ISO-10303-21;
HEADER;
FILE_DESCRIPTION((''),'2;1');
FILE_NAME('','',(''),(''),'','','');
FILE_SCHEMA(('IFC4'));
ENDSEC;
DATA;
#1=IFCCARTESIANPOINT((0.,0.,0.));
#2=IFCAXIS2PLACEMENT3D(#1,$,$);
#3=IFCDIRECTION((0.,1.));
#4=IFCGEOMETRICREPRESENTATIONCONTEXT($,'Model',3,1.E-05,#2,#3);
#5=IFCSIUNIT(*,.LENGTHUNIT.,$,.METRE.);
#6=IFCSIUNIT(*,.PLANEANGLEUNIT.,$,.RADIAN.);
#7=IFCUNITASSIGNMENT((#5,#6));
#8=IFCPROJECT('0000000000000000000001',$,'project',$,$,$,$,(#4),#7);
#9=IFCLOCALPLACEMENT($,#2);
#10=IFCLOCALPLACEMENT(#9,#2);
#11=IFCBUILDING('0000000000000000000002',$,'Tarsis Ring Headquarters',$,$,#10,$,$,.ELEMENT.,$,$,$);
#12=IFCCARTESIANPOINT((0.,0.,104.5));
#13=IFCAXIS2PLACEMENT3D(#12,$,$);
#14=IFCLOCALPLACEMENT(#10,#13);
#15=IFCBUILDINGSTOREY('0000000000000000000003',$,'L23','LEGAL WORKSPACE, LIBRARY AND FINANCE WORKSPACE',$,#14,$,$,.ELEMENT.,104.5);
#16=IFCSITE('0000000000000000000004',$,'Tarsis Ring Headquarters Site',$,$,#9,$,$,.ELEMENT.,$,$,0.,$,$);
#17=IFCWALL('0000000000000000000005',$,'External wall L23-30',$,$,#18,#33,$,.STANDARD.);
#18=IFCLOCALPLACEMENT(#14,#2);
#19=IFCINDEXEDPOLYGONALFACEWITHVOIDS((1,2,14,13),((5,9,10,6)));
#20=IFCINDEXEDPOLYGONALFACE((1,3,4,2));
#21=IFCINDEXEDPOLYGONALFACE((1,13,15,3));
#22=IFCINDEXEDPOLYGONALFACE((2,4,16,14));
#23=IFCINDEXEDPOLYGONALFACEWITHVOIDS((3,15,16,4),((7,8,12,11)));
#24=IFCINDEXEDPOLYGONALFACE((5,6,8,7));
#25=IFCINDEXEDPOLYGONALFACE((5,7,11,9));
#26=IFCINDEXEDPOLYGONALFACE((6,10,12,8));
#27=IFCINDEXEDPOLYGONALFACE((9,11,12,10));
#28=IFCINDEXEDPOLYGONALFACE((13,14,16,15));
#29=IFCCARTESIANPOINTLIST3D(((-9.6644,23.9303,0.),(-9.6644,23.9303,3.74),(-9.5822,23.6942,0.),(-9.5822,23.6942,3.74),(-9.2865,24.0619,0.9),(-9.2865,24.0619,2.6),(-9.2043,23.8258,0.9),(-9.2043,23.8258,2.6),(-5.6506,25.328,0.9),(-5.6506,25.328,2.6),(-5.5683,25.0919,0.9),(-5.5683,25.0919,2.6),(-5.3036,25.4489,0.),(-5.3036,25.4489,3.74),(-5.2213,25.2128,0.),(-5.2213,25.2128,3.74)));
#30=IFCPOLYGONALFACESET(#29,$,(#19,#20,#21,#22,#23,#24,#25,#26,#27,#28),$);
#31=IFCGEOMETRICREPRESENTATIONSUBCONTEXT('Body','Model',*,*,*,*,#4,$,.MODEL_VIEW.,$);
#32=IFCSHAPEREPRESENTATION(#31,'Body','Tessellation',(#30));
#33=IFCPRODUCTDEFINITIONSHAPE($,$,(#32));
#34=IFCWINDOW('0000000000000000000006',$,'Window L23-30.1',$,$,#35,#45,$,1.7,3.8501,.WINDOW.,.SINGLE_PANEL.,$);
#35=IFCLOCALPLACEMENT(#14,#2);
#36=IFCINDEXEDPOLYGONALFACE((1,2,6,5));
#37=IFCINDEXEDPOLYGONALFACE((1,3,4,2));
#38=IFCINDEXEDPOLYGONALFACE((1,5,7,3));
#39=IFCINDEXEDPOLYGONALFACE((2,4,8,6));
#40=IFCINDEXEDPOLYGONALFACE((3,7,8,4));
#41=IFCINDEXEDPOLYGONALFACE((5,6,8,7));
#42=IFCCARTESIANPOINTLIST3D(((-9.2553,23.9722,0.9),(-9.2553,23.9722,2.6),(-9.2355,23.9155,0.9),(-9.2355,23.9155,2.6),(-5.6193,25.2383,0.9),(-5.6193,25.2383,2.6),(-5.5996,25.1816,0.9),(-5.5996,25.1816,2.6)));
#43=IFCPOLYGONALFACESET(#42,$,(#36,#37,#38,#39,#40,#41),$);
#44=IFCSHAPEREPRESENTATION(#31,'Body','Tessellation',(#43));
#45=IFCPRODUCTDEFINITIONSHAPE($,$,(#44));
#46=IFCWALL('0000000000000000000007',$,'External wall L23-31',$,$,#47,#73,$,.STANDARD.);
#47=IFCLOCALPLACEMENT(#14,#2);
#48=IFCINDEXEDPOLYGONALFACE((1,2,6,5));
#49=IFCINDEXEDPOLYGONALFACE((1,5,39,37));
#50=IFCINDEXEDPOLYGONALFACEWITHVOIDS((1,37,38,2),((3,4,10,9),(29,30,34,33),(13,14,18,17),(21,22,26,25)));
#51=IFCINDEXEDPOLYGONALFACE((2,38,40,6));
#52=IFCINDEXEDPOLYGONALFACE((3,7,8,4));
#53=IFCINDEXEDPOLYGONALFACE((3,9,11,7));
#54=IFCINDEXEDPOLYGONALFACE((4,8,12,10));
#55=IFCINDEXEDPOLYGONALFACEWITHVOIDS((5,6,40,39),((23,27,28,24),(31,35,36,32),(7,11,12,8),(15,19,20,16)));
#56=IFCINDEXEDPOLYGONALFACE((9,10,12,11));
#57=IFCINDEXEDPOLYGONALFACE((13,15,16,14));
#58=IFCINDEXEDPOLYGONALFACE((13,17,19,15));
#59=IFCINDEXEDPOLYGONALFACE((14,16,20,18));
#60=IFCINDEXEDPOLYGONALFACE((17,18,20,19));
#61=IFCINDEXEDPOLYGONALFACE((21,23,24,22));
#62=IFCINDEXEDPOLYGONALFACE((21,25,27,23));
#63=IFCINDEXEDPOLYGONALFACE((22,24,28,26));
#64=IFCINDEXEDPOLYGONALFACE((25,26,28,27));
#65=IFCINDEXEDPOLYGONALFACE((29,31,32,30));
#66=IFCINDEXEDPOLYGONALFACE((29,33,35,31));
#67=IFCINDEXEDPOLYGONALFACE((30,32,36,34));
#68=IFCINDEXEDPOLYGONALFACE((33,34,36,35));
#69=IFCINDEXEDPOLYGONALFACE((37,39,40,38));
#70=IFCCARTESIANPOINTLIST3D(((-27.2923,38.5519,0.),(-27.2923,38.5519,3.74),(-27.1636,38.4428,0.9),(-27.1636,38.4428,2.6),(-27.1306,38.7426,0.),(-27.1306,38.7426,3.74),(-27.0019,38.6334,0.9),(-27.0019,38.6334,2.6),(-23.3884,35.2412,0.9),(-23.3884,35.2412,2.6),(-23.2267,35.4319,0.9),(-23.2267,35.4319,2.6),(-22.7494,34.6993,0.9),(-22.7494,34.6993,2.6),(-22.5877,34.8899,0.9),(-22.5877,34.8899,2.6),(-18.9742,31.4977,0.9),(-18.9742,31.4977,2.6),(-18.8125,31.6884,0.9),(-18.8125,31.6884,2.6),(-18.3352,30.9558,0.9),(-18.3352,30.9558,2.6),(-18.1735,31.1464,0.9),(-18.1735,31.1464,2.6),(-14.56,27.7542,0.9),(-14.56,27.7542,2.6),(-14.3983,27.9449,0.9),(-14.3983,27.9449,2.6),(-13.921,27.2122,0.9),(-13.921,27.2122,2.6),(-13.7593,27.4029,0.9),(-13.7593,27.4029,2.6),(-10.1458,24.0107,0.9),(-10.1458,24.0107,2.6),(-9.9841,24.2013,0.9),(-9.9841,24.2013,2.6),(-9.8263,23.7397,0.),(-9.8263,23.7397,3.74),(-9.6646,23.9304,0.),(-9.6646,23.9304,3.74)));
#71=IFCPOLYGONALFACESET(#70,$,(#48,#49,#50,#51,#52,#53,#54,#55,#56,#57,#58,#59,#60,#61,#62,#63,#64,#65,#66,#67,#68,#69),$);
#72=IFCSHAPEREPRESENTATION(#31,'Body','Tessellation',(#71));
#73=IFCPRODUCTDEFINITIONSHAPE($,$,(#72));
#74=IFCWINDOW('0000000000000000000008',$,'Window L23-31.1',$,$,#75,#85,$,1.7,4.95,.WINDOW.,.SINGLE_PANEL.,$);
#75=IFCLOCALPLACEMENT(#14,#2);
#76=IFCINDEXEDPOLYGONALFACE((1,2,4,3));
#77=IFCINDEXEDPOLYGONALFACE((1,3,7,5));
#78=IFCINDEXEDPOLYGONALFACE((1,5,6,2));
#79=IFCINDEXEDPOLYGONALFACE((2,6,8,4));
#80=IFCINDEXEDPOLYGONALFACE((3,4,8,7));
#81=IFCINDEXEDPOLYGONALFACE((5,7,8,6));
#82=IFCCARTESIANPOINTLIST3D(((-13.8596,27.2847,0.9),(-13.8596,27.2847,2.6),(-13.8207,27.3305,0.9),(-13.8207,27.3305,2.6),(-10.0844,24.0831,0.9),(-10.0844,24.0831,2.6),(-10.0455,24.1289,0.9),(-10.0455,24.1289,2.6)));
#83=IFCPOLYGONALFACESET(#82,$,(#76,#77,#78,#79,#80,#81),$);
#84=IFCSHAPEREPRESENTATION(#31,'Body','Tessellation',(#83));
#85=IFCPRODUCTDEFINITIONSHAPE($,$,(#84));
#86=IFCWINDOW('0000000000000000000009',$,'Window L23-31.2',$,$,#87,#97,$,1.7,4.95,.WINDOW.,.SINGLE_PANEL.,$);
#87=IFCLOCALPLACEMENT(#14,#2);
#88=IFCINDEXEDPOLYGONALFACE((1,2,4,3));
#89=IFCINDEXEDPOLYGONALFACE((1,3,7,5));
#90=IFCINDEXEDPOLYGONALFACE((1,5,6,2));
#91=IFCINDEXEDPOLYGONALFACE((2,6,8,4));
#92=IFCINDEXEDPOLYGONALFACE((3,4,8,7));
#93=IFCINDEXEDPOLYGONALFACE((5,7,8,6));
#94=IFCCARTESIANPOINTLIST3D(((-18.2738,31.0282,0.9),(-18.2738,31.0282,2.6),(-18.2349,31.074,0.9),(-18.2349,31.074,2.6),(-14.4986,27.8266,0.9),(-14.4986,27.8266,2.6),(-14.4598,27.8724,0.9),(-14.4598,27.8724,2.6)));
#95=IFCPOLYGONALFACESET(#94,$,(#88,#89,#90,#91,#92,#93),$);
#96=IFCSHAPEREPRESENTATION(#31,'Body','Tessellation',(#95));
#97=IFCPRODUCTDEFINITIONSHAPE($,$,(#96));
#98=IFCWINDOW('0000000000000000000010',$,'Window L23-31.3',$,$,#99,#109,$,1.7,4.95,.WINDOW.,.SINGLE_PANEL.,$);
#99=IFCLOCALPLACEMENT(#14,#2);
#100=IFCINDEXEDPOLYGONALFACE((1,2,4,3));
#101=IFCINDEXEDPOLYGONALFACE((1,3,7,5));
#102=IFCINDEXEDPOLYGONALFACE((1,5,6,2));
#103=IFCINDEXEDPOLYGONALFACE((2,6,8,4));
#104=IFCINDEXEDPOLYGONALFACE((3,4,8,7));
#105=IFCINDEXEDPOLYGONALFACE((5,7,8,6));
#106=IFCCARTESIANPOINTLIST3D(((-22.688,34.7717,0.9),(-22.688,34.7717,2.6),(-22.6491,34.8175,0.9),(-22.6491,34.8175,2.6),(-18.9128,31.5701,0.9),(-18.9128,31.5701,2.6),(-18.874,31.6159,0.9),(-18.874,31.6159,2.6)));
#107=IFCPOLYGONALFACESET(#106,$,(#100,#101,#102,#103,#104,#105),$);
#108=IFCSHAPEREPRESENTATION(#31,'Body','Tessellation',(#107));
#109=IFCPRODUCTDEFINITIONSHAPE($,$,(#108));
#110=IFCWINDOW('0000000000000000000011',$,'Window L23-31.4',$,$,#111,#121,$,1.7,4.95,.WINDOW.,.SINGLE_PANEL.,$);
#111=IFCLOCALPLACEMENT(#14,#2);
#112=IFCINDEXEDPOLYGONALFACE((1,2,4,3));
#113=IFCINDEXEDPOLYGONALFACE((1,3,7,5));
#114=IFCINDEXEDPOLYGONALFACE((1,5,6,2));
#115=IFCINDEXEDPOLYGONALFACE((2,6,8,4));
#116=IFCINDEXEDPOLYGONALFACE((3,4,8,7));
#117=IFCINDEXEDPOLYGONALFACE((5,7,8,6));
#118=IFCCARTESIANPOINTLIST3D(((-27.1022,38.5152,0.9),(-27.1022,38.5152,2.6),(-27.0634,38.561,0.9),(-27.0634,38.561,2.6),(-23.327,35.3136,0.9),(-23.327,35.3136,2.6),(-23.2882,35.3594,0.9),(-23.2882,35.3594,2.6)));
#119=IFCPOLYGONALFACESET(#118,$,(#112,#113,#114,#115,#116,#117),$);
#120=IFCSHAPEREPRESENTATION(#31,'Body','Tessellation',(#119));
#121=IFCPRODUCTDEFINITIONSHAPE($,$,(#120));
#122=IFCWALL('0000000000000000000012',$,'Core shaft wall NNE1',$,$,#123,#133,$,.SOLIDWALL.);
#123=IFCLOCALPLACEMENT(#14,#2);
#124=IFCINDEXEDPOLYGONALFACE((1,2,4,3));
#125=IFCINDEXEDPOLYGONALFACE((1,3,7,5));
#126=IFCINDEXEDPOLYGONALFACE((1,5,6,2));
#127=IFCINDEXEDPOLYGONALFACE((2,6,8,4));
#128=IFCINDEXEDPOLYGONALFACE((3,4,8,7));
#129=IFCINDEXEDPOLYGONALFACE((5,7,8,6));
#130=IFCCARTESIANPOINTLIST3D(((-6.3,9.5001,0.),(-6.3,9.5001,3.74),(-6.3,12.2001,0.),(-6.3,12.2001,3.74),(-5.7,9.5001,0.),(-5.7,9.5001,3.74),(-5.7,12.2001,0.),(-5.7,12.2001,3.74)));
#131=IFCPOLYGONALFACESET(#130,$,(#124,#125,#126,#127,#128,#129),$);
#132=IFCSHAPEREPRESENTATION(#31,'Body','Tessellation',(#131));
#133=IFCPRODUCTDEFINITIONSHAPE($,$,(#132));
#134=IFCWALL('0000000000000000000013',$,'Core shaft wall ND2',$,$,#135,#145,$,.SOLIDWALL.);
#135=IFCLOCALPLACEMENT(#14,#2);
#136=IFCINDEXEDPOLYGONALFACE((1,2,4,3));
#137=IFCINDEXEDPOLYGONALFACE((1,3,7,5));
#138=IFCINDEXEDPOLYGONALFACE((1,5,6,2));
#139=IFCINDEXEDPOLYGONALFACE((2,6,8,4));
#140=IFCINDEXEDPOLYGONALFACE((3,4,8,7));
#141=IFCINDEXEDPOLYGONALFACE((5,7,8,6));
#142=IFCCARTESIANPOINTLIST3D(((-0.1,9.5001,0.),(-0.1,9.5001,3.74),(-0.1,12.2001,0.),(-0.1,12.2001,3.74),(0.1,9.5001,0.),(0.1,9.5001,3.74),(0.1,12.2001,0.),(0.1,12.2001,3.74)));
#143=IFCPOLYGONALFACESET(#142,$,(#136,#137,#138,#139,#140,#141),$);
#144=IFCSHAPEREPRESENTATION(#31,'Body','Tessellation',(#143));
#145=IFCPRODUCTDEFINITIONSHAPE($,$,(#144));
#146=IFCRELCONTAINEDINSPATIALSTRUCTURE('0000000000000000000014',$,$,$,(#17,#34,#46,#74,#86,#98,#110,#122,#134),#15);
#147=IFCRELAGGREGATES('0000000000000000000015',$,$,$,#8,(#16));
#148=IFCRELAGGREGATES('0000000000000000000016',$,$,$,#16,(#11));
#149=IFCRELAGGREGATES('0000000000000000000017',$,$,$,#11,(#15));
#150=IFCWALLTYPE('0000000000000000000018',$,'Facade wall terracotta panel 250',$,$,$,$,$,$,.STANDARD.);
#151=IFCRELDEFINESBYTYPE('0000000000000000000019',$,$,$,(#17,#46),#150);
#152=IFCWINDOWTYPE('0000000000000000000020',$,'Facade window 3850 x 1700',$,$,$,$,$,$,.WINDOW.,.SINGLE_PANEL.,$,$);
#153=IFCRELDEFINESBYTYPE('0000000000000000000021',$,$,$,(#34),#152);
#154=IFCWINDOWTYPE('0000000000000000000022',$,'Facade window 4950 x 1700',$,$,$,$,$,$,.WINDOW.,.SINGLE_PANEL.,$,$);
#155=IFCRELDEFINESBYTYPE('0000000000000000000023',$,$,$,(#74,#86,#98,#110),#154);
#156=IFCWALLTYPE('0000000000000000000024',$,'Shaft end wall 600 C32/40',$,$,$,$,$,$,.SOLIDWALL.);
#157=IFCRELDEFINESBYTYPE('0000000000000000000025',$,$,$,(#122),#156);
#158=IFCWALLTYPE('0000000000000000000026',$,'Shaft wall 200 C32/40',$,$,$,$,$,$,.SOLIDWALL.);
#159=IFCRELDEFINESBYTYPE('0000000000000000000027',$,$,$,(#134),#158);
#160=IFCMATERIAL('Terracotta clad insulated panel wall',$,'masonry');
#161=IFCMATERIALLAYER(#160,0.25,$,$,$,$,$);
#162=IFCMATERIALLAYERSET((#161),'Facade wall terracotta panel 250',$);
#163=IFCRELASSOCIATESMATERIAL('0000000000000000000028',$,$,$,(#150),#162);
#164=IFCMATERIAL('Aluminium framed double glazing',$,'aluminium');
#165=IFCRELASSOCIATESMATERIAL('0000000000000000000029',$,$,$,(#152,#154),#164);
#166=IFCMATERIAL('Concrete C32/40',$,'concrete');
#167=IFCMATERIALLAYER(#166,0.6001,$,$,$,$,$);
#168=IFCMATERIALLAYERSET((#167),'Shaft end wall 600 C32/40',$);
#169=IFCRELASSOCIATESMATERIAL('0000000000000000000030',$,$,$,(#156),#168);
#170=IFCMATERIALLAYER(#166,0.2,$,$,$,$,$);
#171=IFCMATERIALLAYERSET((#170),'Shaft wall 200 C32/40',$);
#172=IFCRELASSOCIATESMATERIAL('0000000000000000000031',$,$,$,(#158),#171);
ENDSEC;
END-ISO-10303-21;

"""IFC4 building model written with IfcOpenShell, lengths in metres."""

from ifc_helpers import new_model, si_unit, direction, frame, frame_2d, origin, place, context, subcontext, project, spatial, rectangle, extrude, material, layer, layer_set, type_object, element, fill, save


model = new_model("IFC4")

# Units and contexts
model_context = context("Model", 3, precision=1e-05, world=origin(), true_north=direction((0.0, 1.0)))
body_context = subcontext(model_context, "Body", "Model", "MODEL_VIEW")
ifc_project = project(units=[si_unit("LENGTHUNIT", "METRE"), si_unit("PLANEANGLEUNIT", "RADIAN")], contexts=[model_context])

# Site, building, storey
site_placement = place(None, origin())
site = spatial("IfcSite", under=ifc_project, at=site_placement, Name="Tarsis Ring Headquarters Site", CompositionType="ELEMENT", RefElevation=0.0)
building_placement = place(site_placement, origin())
building = spatial("IfcBuilding", under=site, at=building_placement, Name="Tarsis Ring Headquarters", CompositionType="ELEMENT")
storey_placement = place(building_placement, frame((0.0, 0.0, 104.5)))
storey = spatial("IfcBuildingStorey", under=building, at=storey_placement, Name="L23", Description="LEGAL WORKSPACE, LIBRARY AND FINANCE WORKSPACE", CompositionType="ELEMENT", Elevation=104.5)

# Wall, opening, window
ifc_material_1 = material(Name="Terracotta clad insulated panel wall", Category="masonry")
ifc_layer_1 = layer(ifc_material_1, 0.25)
ifc_layer_set_1 = layer_set([ifc_layer_1], Name="Facade wall terracotta panel 250")
wall_type_1 = type_object("IfcWallType", Name="Facade wall terracotta panel 250", PredefinedType="STANDARD", material=ifc_layer_set_1)
ifc_material_2 = material(Name="Aluminium framed double glazing", Category="aluminium")
wall_1_placement = place(storey_placement, frame((-5.2625, 25.3308, 0.0), z_axis=(0.0, 0.0, 1.0), x_axis=(-0.94438, -0.328857, 0.0)))
wall_1 = element("IfcWall", 1, at=wall_1_placement, inside=storey, type_object=wall_type_1, Name="External wall L23-30", PredefinedType="STANDARD", context=body_context, shape_type="SweptSolid", body=[
    extrude(rectangle(XDim=4.6177, YDim=0.25, at=frame_2d((2.3088, 0.0))), origin(), (0.0, 0.0, 1.0), 3.74),
])
opening_1_placement = place(wall_1_placement, frame((0.3674, 0.0, 0.8999)))
opening_1 = element("IfcOpeningElement", 2, at=opening_1_placement, cuts=wall_1, PredefinedType="OPENING", context=body_context, shape_type="SweptSolid", body=[
    extrude(rectangle(XDim=3.8501, YDim=1.7, at=frame_2d((1.925, 0.8501))), frame((0.0, 0.135, 0.0), z_axis=(0.0, -1.0, 0.0), x_axis=(1.0, 0.0, 0.0)), (0.0, 0.0, 1.0), 0.27),
])
window_type_1 = type_object("IfcWindowType", Name="Facade window 3850 x 1700", PartitioningType="SINGLE_PANEL", PredefinedType="WINDOW", material=ifc_material_2)
window_1_placement = place(opening_1_placement, origin())
window_1 = element("IfcWindow", 3, at=window_1_placement, inside=storey, type_object=window_type_1, Name="Window L23-30.1", OverallHeight=1.7, OverallWidth=3.8501, PartitioningType="SINGLE_PANEL", PredefinedType="WINDOW", context=body_context, shape_type="SweptSolid", body=[
    extrude(rectangle(XDim=3.8501, YDim=1.7, at=frame_2d((1.925, 0.8501))), frame((0.0, 0.03, 0.0), z_axis=(0.0, -1.0, 0.0), x_axis=(1.0, 0.0, 0.0)), (0.0, 0.0, 1.0), 0.0601),
])
fill(opening_1, window_1)

# Wall, openings, windows
wall_2_placement = place(storey_placement, frame((-9.7454, 23.835, 0.0), z_axis=(0.0, 0.0, 1.0), x_axis=(-0.762669, 0.646789, 0.0)))
wall_2 = element("IfcWall", 4, at=wall_2_placement, inside=storey, type_object=wall_type_1, Name="External wall L23-31", PredefinedType="STANDARD", context=body_context, shape_type="SweptSolid", body=[
    extrude(rectangle(XDim=22.9011, YDim=0.25, at=frame_2d((11.4507, 0.0))), origin(), (0.0, 0.0, 1.0), 3.74),
])
opening_2_placement = place(wall_2_placement, frame((0.4189, 0.0, 0.8999)))
opening_2 = element("IfcOpeningElement", 5, at=opening_2_placement, cuts=wall_2, PredefinedType="OPENING", context=body_context, shape_type="SweptSolid", body=[
    extrude(rectangle(XDim=4.95, YDim=1.7, at=frame_2d((2.4751, 0.8501))), frame((0.0, 0.135, 0.0), z_axis=(0.0, -1.0, 0.0), x_axis=(1.0, 0.0, 0.0)), (0.0, 0.0, 1.0), 0.27),
])
opening_3_placement = place(wall_2_placement, frame((6.2068, 0.0, 0.8999)))
opening_3 = element("IfcOpeningElement", 6, at=opening_3_placement, cuts=wall_2, PredefinedType="OPENING", context=body_context, shape_type="SweptSolid", body=[
    extrude(rectangle(XDim=4.95, YDim=1.7, at=frame_2d((2.4751, 0.8501))), frame((0.0, 0.135, 0.0), z_axis=(0.0, -1.0, 0.0), x_axis=(1.0, 0.0, 0.0)), (0.0, 0.0, 1.0), 0.27),
])
opening_4_placement = place(wall_2_placement, frame((11.9946, 0.0, 0.8999)))
opening_4 = element("IfcOpeningElement", 7, at=opening_4_placement, cuts=wall_2, PredefinedType="OPENING", context=body_context, shape_type="SweptSolid", body=[
    extrude(rectangle(XDim=4.95, YDim=1.7, at=frame_2d((2.4751, 0.8501))), frame((0.0, 0.135, 0.0), z_axis=(0.0, -1.0, 0.0), x_axis=(1.0, 0.0, 0.0)), (0.0, 0.0, 1.0), 0.27),
])
opening_5_placement = place(wall_2_placement, frame((17.7825, 0.0, 0.8999)))
opening_5 = element("IfcOpeningElement", 8, at=opening_5_placement, cuts=wall_2, PredefinedType="OPENING", context=body_context, shape_type="SweptSolid", body=[
    extrude(rectangle(XDim=4.95, YDim=1.7, at=frame_2d((2.4751, 0.8501))), frame((0.0, 0.135, 0.0), z_axis=(0.0, -1.0, 0.0), x_axis=(1.0, 0.0, 0.0)), (0.0, 0.0, 1.0), 0.27),
])
window_type_2 = type_object("IfcWindowType", Name="Facade window 4950 x 1700", PartitioningType="SINGLE_PANEL", PredefinedType="WINDOW", material=ifc_material_2)
window_2_placement = place(opening_2_placement, origin())
window_2 = element("IfcWindow", 9, at=window_2_placement, inside=storey, type_object=window_type_2, Name="Window L23-31.1", OverallHeight=1.7, OverallWidth=4.95, PartitioningType="SINGLE_PANEL", PredefinedType="WINDOW", context=body_context, shape_type="SweptSolid", body=[
    extrude(rectangle(XDim=4.95, YDim=1.7, at=frame_2d((2.4751, 0.8501))), frame((0.0, 0.03, 0.0), z_axis=(0.0, -1.0, 0.0), x_axis=(1.0, 0.0, 0.0)), (0.0, 0.0, 1.0), 0.0601),
])
fill(opening_2, window_2)
window_3_placement = place(opening_3_placement, origin())
window_3 = element("IfcWindow", 10, at=window_3_placement, inside=storey, type_object=window_type_2, Name="Window L23-31.2", OverallHeight=1.7, OverallWidth=4.95, PartitioningType="SINGLE_PANEL", PredefinedType="WINDOW", context=body_context, shape_type="SweptSolid", body=[
    extrude(rectangle(XDim=4.95, YDim=1.7, at=frame_2d((2.4751, 0.8501))), frame((0.0, 0.03, 0.0), z_axis=(0.0, -1.0, 0.0), x_axis=(1.0, 0.0, 0.0)), (0.0, 0.0, 1.0), 0.0601),
])
fill(opening_3, window_3)
window_4_placement = place(opening_4_placement, origin())
window_4 = element("IfcWindow", 11, at=window_4_placement, inside=storey, type_object=window_type_2, Name="Window L23-31.3", OverallHeight=1.7, OverallWidth=4.95, PartitioningType="SINGLE_PANEL", PredefinedType="WINDOW", context=body_context, shape_type="SweptSolid", body=[
    extrude(rectangle(XDim=4.95, YDim=1.7, at=frame_2d((2.4751, 0.8501))), frame((0.0, 0.03, 0.0), z_axis=(0.0, -1.0, 0.0), x_axis=(1.0, 0.0, 0.0)), (0.0, 0.0, 1.0), 0.0601),
])
fill(opening_4, window_4)
window_5_placement = place(opening_5_placement, origin())
window_5 = element("IfcWindow", 12, at=window_5_placement, inside=storey, type_object=window_type_2, Name="Window L23-31.4", OverallHeight=1.7, OverallWidth=4.95, PartitioningType="SINGLE_PANEL", PredefinedType="WINDOW", context=body_context, shape_type="SweptSolid", body=[
    extrude(rectangle(XDim=4.95, YDim=1.7, at=frame_2d((2.4751, 0.8501))), frame((0.0, 0.03, 0.0), z_axis=(0.0, -1.0, 0.0), x_axis=(1.0, 0.0, 0.0)), (0.0, 0.0, 1.0), 0.0601),
])
fill(opening_5, window_5)

# Walls
ifc_material_3 = material(Name="Concrete C32/40", Category="concrete")
ifc_layer_2 = layer(ifc_material_3, 0.6001)
ifc_layer_set_2 = layer_set([ifc_layer_2], Name="Shaft end wall 600 C32/40")
wall_type_2 = type_object("IfcWallType", Name="Shaft end wall 600 C32/40", PredefinedType="SOLIDWALL", material=ifc_layer_set_2)
wall_3_placement = place(storey_placement, frame((-6.0, 9.5, 0.0), z_axis=(0.0, 0.0, 1.0), x_axis=(0.0, 1.0, 0.0)))
element("IfcWall", 13, at=wall_3_placement, inside=storey, type_object=wall_type_2, Name="Core shaft wall NNE1", PredefinedType="SOLIDWALL", context=body_context, shape_type="SweptSolid", body=[
    extrude(rectangle(XDim=2.7, YDim=0.6001, at=frame_2d((1.3501, 0.0))), origin(), (0.0, 0.0, 1.0), 3.74),
])
ifc_layer_3 = layer(ifc_material_3, 0.2)
ifc_layer_set_3 = layer_set([ifc_layer_3], Name="Shaft wall 200 C32/40")
wall_type_3 = type_object("IfcWallType", Name="Shaft wall 200 C32/40", PredefinedType="SOLIDWALL", material=ifc_layer_set_3)
wall_4_placement = place(storey_placement, frame((0.0, 9.5, 0.0), z_axis=(0.0, 0.0, 1.0), x_axis=(0.0, 1.0, 0.0)))
element("IfcWall", 14, at=wall_4_placement, inside=storey, type_object=wall_type_3, Name="Core shaft wall ND2", PredefinedType="SOLIDWALL", context=body_context, shape_type="SweptSolid", body=[
    extrude(rectangle(XDim=2.7, YDim=0.2, at=frame_2d((1.3501, 0.0))), origin(), (0.0, 0.0, 1.0), 3.74),
])

save(model, "model.ifc")
